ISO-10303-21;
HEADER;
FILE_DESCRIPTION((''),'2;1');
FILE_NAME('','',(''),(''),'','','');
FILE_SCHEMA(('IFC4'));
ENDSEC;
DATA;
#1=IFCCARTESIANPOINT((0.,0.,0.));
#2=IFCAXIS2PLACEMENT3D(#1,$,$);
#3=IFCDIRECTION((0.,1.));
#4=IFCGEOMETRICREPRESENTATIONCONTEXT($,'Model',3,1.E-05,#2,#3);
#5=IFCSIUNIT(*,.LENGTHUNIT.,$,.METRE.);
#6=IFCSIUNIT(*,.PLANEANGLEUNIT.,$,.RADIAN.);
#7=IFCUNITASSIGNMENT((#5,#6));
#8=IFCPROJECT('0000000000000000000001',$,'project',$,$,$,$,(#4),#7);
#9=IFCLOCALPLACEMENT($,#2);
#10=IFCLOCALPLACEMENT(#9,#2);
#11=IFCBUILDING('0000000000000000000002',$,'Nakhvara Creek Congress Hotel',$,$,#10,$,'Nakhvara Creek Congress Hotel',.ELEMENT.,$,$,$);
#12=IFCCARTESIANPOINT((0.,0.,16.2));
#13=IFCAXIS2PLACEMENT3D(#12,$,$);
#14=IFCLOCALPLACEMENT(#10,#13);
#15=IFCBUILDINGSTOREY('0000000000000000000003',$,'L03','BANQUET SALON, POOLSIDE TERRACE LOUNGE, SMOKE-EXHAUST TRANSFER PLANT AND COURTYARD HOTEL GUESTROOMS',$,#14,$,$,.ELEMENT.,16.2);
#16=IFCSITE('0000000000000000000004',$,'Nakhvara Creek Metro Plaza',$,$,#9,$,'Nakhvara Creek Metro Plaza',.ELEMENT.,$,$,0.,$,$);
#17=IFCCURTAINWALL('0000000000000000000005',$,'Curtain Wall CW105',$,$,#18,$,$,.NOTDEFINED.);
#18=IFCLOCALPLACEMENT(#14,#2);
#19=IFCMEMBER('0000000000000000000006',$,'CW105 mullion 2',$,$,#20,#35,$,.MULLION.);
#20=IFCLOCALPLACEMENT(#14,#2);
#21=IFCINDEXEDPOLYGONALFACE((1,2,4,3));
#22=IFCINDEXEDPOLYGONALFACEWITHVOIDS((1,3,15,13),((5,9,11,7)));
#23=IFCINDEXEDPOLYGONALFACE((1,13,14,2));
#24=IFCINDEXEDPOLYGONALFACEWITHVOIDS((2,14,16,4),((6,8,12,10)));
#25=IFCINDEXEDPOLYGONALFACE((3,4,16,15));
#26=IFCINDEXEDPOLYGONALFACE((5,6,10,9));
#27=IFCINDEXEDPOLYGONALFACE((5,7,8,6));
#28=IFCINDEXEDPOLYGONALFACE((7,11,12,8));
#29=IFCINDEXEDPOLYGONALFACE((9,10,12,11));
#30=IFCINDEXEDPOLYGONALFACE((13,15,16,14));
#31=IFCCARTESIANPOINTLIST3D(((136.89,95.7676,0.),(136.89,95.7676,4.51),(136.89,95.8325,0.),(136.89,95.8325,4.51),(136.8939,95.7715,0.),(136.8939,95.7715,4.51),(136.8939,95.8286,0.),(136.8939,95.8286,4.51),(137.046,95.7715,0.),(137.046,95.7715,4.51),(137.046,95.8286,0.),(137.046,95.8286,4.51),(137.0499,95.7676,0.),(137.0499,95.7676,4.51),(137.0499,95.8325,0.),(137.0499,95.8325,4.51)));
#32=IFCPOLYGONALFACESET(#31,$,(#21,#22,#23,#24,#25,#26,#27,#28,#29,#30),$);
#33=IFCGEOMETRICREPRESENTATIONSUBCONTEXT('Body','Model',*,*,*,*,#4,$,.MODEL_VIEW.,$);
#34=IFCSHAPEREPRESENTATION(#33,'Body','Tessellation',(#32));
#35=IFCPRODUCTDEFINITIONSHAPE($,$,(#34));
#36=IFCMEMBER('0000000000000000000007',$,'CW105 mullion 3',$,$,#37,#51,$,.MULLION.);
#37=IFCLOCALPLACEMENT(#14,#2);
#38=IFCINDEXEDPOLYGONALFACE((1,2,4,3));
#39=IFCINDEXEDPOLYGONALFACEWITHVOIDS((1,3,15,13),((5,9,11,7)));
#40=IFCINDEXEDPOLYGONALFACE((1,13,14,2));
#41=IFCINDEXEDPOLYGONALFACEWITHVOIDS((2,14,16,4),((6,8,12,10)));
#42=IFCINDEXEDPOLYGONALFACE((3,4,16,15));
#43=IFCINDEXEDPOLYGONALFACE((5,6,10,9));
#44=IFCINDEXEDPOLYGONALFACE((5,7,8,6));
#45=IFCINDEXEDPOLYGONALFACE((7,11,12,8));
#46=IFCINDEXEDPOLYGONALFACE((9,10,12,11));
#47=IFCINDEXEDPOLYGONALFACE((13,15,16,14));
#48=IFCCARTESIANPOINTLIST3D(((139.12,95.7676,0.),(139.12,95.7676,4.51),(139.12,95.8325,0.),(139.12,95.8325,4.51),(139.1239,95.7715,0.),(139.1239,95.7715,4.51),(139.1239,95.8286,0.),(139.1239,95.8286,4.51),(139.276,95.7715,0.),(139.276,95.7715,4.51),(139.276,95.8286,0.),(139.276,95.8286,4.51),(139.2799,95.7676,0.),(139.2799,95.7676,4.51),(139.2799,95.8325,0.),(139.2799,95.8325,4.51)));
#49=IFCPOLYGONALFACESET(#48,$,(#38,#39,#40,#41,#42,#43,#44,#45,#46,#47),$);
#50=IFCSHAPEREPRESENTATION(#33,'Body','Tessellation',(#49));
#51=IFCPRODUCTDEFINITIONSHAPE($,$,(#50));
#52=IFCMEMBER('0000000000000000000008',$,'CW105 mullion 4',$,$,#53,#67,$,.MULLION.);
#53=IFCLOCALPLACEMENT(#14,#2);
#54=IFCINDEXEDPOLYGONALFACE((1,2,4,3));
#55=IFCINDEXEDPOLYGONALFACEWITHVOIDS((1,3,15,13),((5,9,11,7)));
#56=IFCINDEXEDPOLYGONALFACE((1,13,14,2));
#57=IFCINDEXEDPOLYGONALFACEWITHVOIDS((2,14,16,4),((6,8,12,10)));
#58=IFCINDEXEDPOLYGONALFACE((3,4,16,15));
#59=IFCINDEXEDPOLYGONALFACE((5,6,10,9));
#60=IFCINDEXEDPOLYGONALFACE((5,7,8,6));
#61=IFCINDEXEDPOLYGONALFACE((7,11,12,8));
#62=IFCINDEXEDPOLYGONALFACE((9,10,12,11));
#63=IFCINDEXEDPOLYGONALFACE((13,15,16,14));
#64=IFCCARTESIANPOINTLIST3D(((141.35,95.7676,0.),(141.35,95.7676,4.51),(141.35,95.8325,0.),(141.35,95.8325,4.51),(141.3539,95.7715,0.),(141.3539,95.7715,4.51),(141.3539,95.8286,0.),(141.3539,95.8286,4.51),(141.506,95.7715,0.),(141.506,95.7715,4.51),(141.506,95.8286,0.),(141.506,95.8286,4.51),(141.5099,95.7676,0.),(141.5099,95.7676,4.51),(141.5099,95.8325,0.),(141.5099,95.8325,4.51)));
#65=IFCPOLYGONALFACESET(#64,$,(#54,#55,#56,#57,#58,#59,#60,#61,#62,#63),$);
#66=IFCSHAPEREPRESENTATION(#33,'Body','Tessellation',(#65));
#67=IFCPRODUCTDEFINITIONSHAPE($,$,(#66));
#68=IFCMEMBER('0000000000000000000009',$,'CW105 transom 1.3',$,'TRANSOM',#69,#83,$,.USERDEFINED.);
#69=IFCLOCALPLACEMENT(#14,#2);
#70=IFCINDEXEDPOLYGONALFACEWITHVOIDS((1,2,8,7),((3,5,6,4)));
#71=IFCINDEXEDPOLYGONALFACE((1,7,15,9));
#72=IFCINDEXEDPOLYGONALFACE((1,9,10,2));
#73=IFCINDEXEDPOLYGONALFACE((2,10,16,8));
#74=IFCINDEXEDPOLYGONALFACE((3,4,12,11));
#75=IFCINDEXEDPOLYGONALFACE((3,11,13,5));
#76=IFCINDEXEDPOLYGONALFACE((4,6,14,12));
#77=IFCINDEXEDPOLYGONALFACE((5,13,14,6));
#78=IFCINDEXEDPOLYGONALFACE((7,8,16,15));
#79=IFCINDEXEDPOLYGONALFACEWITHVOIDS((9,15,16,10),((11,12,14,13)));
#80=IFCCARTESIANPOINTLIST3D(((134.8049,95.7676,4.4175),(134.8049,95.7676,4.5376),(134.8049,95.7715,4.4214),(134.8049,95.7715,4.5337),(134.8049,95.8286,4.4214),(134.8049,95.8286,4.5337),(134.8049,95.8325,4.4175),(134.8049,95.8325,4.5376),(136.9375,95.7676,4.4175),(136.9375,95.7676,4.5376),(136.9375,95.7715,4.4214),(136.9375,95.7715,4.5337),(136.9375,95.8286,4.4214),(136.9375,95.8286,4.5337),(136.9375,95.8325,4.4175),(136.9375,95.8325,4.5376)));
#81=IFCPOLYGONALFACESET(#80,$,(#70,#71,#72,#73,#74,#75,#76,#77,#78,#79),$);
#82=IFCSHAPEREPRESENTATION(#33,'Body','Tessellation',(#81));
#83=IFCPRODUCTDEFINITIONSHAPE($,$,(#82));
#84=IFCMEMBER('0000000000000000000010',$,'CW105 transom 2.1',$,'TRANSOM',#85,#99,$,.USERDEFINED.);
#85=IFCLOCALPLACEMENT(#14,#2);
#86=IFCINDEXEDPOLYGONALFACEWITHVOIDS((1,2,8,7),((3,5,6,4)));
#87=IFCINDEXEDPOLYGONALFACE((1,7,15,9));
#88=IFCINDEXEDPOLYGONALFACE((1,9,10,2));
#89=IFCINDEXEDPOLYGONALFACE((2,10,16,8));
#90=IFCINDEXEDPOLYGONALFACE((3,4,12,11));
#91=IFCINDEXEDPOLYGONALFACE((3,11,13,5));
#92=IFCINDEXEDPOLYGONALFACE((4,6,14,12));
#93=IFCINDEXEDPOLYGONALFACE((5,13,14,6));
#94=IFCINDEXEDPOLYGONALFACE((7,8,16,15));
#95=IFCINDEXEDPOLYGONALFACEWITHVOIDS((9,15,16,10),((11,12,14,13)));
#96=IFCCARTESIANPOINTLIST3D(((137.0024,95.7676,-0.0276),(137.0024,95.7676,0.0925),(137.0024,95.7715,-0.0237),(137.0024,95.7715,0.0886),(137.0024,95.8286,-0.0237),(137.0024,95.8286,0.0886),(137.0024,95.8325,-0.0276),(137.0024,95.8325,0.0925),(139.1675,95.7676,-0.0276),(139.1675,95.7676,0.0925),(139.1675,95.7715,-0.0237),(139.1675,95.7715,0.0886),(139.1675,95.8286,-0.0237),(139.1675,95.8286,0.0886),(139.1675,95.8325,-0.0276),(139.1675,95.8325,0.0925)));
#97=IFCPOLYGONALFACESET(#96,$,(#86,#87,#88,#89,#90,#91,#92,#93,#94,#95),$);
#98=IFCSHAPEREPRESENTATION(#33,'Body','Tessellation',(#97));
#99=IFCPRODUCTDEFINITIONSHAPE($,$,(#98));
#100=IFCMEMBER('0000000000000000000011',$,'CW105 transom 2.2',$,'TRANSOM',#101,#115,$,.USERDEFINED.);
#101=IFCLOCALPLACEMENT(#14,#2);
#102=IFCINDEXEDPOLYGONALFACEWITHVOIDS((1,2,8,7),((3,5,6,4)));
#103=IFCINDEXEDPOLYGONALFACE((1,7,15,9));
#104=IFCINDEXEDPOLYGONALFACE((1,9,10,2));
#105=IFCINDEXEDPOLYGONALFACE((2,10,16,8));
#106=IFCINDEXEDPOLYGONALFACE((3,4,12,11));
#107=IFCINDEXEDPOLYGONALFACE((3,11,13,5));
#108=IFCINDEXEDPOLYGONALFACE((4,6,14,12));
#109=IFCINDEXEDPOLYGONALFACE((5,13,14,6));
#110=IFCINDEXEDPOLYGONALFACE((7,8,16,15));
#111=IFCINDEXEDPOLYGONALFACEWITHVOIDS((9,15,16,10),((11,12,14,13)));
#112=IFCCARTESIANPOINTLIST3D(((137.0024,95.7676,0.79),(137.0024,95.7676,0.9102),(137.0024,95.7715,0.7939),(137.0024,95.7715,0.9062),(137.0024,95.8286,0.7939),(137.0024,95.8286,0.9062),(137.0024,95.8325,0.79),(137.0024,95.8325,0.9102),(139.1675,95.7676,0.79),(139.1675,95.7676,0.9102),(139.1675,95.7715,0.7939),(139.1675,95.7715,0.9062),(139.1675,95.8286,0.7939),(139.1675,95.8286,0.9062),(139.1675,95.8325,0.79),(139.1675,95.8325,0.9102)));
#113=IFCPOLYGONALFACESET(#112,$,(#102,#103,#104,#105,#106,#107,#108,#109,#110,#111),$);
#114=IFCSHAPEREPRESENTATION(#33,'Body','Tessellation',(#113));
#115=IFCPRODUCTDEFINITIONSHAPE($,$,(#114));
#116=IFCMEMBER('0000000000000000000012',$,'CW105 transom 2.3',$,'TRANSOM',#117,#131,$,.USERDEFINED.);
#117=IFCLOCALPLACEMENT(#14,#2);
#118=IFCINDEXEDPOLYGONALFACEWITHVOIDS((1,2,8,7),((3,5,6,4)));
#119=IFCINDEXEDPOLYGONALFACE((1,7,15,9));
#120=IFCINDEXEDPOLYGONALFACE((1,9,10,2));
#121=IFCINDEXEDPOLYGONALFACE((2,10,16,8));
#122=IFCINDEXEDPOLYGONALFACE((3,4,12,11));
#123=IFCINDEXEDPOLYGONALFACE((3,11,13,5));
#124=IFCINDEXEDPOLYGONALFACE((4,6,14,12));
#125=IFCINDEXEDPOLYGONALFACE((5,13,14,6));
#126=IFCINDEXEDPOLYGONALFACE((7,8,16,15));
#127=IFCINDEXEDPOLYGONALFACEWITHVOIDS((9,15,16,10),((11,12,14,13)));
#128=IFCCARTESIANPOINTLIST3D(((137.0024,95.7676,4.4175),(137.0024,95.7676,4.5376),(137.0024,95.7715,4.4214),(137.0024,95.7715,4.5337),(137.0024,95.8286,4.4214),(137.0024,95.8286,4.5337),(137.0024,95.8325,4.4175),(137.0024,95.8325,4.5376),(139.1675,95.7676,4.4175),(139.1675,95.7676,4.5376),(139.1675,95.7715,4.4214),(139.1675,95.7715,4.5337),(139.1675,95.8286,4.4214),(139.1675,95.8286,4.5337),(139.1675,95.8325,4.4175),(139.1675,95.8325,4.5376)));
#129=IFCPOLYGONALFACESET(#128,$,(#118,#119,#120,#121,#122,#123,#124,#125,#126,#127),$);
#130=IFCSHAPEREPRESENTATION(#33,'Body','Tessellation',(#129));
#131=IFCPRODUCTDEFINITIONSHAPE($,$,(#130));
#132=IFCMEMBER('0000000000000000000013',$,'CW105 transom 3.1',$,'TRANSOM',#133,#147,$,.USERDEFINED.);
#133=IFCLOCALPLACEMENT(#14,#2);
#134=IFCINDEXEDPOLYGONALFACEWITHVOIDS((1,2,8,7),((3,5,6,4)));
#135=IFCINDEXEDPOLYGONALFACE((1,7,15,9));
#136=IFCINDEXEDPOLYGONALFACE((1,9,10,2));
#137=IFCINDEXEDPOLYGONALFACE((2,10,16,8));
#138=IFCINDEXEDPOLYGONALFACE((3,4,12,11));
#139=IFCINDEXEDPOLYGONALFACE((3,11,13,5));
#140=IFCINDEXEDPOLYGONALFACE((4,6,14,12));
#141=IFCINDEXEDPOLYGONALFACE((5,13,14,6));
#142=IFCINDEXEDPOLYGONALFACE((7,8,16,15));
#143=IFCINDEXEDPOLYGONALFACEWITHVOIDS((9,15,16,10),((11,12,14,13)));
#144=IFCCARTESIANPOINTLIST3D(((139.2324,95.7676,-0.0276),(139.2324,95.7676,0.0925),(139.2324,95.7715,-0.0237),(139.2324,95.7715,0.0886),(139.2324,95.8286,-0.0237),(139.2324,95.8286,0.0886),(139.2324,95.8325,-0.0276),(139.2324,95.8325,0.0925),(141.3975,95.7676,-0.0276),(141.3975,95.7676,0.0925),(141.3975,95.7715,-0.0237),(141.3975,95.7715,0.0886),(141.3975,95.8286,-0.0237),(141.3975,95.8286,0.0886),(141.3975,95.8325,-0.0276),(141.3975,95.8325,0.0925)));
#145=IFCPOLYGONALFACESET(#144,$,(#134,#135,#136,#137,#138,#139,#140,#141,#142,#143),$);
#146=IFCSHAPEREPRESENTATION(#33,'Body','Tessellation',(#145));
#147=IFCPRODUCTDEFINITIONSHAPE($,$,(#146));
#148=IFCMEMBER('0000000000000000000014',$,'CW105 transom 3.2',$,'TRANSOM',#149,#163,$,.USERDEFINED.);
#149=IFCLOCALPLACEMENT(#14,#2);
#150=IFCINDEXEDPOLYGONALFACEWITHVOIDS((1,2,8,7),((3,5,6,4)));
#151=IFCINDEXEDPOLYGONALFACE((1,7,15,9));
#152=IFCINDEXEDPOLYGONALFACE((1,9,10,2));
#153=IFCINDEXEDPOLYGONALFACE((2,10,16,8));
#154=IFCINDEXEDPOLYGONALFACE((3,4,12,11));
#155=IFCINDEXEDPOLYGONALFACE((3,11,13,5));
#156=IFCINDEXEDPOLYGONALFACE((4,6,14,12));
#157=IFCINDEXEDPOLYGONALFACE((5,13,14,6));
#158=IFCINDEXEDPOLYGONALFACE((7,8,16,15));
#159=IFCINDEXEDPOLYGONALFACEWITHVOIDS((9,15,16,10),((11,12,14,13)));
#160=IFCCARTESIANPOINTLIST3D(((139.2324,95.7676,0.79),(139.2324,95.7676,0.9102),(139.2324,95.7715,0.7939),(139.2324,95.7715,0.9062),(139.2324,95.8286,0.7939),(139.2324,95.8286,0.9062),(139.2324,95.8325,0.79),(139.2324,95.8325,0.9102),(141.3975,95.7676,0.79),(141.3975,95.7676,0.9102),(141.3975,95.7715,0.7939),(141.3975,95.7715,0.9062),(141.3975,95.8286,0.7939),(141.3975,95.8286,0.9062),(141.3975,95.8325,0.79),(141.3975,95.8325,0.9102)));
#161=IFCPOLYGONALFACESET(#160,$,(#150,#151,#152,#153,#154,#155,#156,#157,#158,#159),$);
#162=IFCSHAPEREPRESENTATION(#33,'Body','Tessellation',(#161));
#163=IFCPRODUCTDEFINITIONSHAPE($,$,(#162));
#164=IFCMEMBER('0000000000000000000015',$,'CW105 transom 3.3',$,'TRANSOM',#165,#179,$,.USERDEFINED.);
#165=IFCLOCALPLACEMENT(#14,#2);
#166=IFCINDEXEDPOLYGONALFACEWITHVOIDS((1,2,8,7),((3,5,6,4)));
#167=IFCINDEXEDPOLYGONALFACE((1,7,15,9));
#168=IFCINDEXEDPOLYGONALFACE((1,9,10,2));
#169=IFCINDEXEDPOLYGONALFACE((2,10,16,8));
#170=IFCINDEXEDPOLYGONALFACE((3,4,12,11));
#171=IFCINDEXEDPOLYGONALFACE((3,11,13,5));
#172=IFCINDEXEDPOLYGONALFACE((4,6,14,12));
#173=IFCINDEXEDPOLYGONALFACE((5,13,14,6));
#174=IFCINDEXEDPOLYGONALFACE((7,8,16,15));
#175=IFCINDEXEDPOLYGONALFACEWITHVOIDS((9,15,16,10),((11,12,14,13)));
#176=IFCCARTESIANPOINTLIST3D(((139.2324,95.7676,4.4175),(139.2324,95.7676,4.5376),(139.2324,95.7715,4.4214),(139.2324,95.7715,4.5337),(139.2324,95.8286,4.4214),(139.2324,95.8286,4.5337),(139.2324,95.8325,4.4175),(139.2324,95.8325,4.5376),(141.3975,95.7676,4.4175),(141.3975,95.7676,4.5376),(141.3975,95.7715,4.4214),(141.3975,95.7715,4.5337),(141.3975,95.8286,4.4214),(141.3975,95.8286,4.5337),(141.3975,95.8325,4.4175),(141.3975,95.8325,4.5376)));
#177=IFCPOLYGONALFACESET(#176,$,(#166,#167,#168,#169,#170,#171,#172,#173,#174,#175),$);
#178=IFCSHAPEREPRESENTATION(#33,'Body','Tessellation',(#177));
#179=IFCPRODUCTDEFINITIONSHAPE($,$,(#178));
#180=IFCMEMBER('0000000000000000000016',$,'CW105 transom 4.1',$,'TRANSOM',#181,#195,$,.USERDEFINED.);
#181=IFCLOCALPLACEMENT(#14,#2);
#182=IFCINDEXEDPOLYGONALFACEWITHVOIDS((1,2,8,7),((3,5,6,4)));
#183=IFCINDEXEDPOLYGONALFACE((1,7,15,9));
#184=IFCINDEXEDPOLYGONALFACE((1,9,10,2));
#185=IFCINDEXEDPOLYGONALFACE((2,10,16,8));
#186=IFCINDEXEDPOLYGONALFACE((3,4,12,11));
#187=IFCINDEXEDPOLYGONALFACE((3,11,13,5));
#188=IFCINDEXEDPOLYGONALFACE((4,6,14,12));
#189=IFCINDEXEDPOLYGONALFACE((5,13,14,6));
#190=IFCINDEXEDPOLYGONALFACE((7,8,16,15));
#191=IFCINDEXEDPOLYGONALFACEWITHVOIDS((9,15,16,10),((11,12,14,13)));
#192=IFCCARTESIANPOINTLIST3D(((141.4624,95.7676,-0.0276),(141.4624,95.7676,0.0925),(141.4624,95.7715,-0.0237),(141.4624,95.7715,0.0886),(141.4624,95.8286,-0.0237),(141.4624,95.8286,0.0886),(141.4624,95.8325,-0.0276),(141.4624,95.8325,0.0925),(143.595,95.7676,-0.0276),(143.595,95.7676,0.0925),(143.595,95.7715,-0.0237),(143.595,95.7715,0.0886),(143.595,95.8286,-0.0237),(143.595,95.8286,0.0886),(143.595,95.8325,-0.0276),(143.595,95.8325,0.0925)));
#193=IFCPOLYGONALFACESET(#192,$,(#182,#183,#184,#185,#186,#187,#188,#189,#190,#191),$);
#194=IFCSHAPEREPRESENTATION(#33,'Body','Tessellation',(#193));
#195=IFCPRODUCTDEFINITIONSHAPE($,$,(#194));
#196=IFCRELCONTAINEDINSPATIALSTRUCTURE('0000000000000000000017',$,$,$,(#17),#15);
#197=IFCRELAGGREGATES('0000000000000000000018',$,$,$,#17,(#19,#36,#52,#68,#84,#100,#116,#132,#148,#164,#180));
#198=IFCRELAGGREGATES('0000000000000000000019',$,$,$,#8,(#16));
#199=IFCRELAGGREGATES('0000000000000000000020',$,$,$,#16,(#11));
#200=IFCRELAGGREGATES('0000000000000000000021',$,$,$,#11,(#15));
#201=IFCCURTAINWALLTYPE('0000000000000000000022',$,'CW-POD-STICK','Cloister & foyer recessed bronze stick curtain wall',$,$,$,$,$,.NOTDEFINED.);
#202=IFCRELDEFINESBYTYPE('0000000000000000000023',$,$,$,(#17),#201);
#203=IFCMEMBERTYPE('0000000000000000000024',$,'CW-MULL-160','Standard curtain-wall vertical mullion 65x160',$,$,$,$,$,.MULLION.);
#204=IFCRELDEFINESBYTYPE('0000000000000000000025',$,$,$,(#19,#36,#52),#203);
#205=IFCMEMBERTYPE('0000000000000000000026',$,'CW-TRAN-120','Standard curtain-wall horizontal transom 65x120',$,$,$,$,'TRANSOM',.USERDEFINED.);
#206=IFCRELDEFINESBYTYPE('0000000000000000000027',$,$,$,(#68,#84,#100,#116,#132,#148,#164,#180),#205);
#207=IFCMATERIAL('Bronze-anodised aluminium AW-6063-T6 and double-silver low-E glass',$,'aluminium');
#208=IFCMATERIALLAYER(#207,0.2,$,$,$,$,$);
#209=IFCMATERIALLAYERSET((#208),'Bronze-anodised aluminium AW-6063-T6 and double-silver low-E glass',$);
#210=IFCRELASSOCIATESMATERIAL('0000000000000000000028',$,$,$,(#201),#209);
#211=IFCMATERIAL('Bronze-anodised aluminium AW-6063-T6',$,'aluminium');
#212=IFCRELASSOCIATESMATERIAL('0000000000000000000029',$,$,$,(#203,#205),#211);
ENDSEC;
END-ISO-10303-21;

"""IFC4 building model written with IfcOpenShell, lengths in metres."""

from ifc_helpers import new_model, si_unit, direction, frame, origin, origin_2d, place, context, subcontext, project, spatial, hollow_rectangle, extrude, material, layer, layer_set, material_profile, profile_set, type_object, element, aggregate, save


model = new_model("IFC4")

# Units and contexts
model_context = context("Model", 3, precision=1e-05, world=origin(), true_north=direction((0.0, 1.0)))
body_context = subcontext(model_context, "Body", "Model", "MODEL_VIEW")
ifc_project = project(units=[si_unit("LENGTHUNIT", "METRE"), si_unit("PLANEANGLEUNIT", "RADIAN")], contexts=[model_context])

# Site, building, storey
site_placement = place(None, origin())
site = spatial("IfcSite", under=ifc_project, at=site_placement, Name="Nakhvara Creek Metro Plaza", LongName="Nakhvara Creek Metro Plaza", CompositionType="ELEMENT", RefElevation=0.0)
building_placement = place(site_placement, origin())
building = spatial("IfcBuilding", under=site, at=building_placement, Name="Nakhvara Creek Congress Hotel", LongName="Nakhvara Creek Congress Hotel", CompositionType="ELEMENT")
storey_placement = place(building_placement, frame((0.0, 0.0, 16.2)))
storey = spatial("IfcBuildingStorey", under=building, at=storey_placement, Name="L03", Description="BANQUET SALON, POOLSIDE TERRACE LOUNGE, SMOKE-EXHAUST TRANSFER PLANT AND COURTYARD HOTEL GUESTROOMS", CompositionType="ELEMENT", Elevation=16.2)

# Curtain wall, members
ifc_material_1 = material(Name="Bronze-anodised aluminium AW-6063-T6 and double-silver low-E glass", Category="aluminium")
ifc_layer = layer(ifc_material_1, 0.2)
ifc_layer_set = layer_set([ifc_layer], Name="Bronze-anodised aluminium AW-6063-T6 and double-silver low-E glass")
curtain_wall_type = type_object("IfcCurtainWallType", Name="CW-POD-STICK", Description="Cloister & foyer recessed bronze stick curtain wall", PredefinedType="NOTDEFINED", material=ifc_layer_set)
curtain_wall_placement = place(storey_placement, origin())
curtain_wall = element("IfcCurtainWall", 1, at=curtain_wall_placement, inside=storey, type_object=curtain_wall_type, Name="Curtain Wall CW105", PredefinedType="NOTDEFINED")
ifc_material_2 = material(Name="Bronze-anodised aluminium AW-6063-T6", Category="aluminium")
ifc_material_profile_1 = material_profile(ifc_material_2, hollow_rectangle(XDim=0.0649, YDim=0.1599, WallThickness=0.0039, at=origin_2d()), Name="ALU-MULL 65x160x4", Category="LoadBearing")
ifc_profile_set_1 = profile_set([ifc_material_profile_1], Name="Bronze-anodised aluminium AW-6063-T6")
member_type_1 = type_object("IfcMemberType", Name="CW-MULL-160", Description="Standard curtain-wall vertical mullion 65x160", PredefinedType="MULLION", material=ifc_profile_set_1)
member_1_placement = place(storey_placement, frame((136.97, 95.8, 0.0), z_axis=(0.0, 0.0, 1.0), x_axis=(0.0, 1.0, 0.0)))
member_1 = element("IfcMember", 2, at=member_1_placement, type_object=member_type_1, Name="CW105 mullion 2", PredefinedType="MULLION", context=body_context, shape_type="SweptSolid", body=[
    extrude(hollow_rectangle(XDim=0.0649, YDim=0.1599, WallThickness=0.0039, at=origin_2d()), origin(), (0.0, 0.0, 1.0), 4.51),
])
member_2_placement = place(storey_placement, frame((139.2, 95.8, 0.0), z_axis=(0.0, 0.0, 1.0), x_axis=(0.0, 1.0, 0.0)))
member_2 = element("IfcMember", 3, at=member_2_placement, type_object=member_type_1, Name="CW105 mullion 3", PredefinedType="MULLION", context=body_context, shape_type="SweptSolid", body=[
    extrude(hollow_rectangle(XDim=0.0649, YDim=0.1599, WallThickness=0.0039, at=origin_2d()), origin(), (0.0, 0.0, 1.0), 4.51),
])
member_3_placement = place(storey_placement, frame((141.4299, 95.8, 0.0), z_axis=(0.0, 0.0, 1.0), x_axis=(0.0, 1.0, 0.0)))
member_3 = element("IfcMember", 4, at=member_3_placement, type_object=member_type_1, Name="CW105 mullion 4", PredefinedType="MULLION", context=body_context, shape_type="SweptSolid", body=[
    extrude(hollow_rectangle(XDim=0.0649, YDim=0.1599, WallThickness=0.0039, at=origin_2d()), origin(), (0.0, 0.0, 1.0), 4.51),
])
ifc_material_profile_2 = material_profile(ifc_material_2, hollow_rectangle(XDim=0.0649, YDim=0.1201, WallThickness=0.0039, at=origin_2d()), Name="ALU-TRAN 65x120x4", Category="LoadBearing")
ifc_profile_set_2 = profile_set([ifc_material_profile_2], Name="Bronze-anodised aluminium AW-6063-T6")
member_type_2 = type_object("IfcMemberType", Name="CW-TRAN-120", Description="Standard curtain-wall horizontal transom 65x120", ElementType="TRANSOM", PredefinedType="USERDEFINED", material=ifc_profile_set_2)
member_4_placement = place(storey_placement, frame((134.8049, 95.8, 4.4775), z_axis=(1.0, 0.0, 0.0), x_axis=(0.0, 1.0, 0.0)))
member_4 = element("IfcMember", 5, at=member_4_placement, type_object=member_type_2, Name="CW105 transom 1.3", ObjectType="TRANSOM", PredefinedType="USERDEFINED", context=body_context, shape_type="SweptSolid", body=[
    extrude(hollow_rectangle(XDim=0.0649, YDim=0.1201, WallThickness=0.0039, at=origin_2d()), origin(), (0.0, 0.0, 1.0), 2.1326),
])
member_5_placement = place(storey_placement, frame((137.0024, 95.8, 0.0325), z_axis=(1.0, 0.0, 0.0), x_axis=(0.0, 1.0, 0.0)))
member_5 = element("IfcMember", 6, at=member_5_placement, type_object=member_type_2, Name="CW105 transom 2.1", ObjectType="TRANSOM", PredefinedType="USERDEFINED", context=body_context, shape_type="SweptSolid", body=[
    extrude(hollow_rectangle(XDim=0.0649, YDim=0.1201, WallThickness=0.0039, at=origin_2d()), origin(), (0.0, 0.0, 1.0), 2.165),
])
member_6_placement = place(storey_placement, frame((137.0024, 95.8, 0.8501), z_axis=(1.0, 0.0, 0.0), x_axis=(0.0, 1.0, 0.0)))
member_6 = element("IfcMember", 7, at=member_6_placement, type_object=member_type_2, Name="CW105 transom 2.2", ObjectType="TRANSOM", PredefinedType="USERDEFINED", context=body_context, shape_type="SweptSolid", body=[
    extrude(hollow_rectangle(XDim=0.0649, YDim=0.1201, WallThickness=0.0039, at=origin_2d()), origin(), (0.0, 0.0, 1.0), 2.165),
])
member_7_placement = place(storey_placement, frame((137.0024, 95.8, 4.4775), z_axis=(1.0, 0.0, 0.0), x_axis=(0.0, 1.0, 0.0)))
member_7 = element("IfcMember", 8, at=member_7_placement, type_object=member_type_2, Name="CW105 transom 2.3", ObjectType="TRANSOM", PredefinedType="USERDEFINED", context=body_context, shape_type="SweptSolid", body=[
    extrude(hollow_rectangle(XDim=0.0649, YDim=0.1201, WallThickness=0.0039, at=origin_2d()), origin(), (0.0, 0.0, 1.0), 2.165),
])
member_8_placement = place(storey_placement, frame((139.2324, 95.8, 0.0325), z_axis=(1.0, 0.0, 0.0), x_axis=(0.0, 1.0, 0.0)))
member_8 = element("IfcMember", 9, at=member_8_placement, type_object=member_type_2, Name="CW105 transom 3.1", ObjectType="TRANSOM", PredefinedType="USERDEFINED", context=body_context, shape_type="SweptSolid", body=[
    extrude(hollow_rectangle(XDim=0.0649, YDim=0.1201, WallThickness=0.0039, at=origin_2d()), origin(), (0.0, 0.0, 1.0), 2.165),
])
member_9_placement = place(storey_placement, frame((139.2324, 95.8, 0.8501), z_axis=(1.0, 0.0, 0.0), x_axis=(0.0, 1.0, 0.0)))
member_9 = element("IfcMember", 10, at=member_9_placement, type_object=member_type_2, Name="CW105 transom 3.2", ObjectType="TRANSOM", PredefinedType="USERDEFINED", context=body_context, shape_type="SweptSolid", body=[
    extrude(hollow_rectangle(XDim=0.0649, YDim=0.1201, WallThickness=0.0039, at=origin_2d()), origin(), (0.0, 0.0, 1.0), 2.165),
])
member_10_placement = place(storey_placement, frame((139.2324, 95.8, 4.4775), z_axis=(1.0, 0.0, 0.0), x_axis=(0.0, 1.0, 0.0)))
member_10 = element("IfcMember", 11, at=member_10_placement, type_object=member_type_2, Name="CW105 transom 3.3", ObjectType="TRANSOM", PredefinedType="USERDEFINED", context=body_context, shape_type="SweptSolid", body=[
    extrude(hollow_rectangle(XDim=0.0649, YDim=0.1201, WallThickness=0.0039, at=origin_2d()), origin(), (0.0, 0.0, 1.0), 2.165),
])
member_11_placement = place(storey_placement, frame((141.4624, 95.8, 0.0325), z_axis=(1.0, 0.0, 0.0), x_axis=(0.0, 1.0, 0.0)))
member_11 = element("IfcMember", 12, at=member_11_placement, type_object=member_type_2, Name="CW105 transom 4.1", ObjectType="TRANSOM", PredefinedType="USERDEFINED", context=body_context, shape_type="SweptSolid", body=[
    extrude(hollow_rectangle(XDim=0.0649, YDim=0.1201, WallThickness=0.0039, at=origin_2d()), origin(), (0.0, 0.0, 1.0), 2.1326),
])
aggregate(curtain_wall, [member_1, member_2, member_3, member_4, member_5, member_6, member_7, member_8, member_9, member_10, member_11])

save(model, "model.ifc")
